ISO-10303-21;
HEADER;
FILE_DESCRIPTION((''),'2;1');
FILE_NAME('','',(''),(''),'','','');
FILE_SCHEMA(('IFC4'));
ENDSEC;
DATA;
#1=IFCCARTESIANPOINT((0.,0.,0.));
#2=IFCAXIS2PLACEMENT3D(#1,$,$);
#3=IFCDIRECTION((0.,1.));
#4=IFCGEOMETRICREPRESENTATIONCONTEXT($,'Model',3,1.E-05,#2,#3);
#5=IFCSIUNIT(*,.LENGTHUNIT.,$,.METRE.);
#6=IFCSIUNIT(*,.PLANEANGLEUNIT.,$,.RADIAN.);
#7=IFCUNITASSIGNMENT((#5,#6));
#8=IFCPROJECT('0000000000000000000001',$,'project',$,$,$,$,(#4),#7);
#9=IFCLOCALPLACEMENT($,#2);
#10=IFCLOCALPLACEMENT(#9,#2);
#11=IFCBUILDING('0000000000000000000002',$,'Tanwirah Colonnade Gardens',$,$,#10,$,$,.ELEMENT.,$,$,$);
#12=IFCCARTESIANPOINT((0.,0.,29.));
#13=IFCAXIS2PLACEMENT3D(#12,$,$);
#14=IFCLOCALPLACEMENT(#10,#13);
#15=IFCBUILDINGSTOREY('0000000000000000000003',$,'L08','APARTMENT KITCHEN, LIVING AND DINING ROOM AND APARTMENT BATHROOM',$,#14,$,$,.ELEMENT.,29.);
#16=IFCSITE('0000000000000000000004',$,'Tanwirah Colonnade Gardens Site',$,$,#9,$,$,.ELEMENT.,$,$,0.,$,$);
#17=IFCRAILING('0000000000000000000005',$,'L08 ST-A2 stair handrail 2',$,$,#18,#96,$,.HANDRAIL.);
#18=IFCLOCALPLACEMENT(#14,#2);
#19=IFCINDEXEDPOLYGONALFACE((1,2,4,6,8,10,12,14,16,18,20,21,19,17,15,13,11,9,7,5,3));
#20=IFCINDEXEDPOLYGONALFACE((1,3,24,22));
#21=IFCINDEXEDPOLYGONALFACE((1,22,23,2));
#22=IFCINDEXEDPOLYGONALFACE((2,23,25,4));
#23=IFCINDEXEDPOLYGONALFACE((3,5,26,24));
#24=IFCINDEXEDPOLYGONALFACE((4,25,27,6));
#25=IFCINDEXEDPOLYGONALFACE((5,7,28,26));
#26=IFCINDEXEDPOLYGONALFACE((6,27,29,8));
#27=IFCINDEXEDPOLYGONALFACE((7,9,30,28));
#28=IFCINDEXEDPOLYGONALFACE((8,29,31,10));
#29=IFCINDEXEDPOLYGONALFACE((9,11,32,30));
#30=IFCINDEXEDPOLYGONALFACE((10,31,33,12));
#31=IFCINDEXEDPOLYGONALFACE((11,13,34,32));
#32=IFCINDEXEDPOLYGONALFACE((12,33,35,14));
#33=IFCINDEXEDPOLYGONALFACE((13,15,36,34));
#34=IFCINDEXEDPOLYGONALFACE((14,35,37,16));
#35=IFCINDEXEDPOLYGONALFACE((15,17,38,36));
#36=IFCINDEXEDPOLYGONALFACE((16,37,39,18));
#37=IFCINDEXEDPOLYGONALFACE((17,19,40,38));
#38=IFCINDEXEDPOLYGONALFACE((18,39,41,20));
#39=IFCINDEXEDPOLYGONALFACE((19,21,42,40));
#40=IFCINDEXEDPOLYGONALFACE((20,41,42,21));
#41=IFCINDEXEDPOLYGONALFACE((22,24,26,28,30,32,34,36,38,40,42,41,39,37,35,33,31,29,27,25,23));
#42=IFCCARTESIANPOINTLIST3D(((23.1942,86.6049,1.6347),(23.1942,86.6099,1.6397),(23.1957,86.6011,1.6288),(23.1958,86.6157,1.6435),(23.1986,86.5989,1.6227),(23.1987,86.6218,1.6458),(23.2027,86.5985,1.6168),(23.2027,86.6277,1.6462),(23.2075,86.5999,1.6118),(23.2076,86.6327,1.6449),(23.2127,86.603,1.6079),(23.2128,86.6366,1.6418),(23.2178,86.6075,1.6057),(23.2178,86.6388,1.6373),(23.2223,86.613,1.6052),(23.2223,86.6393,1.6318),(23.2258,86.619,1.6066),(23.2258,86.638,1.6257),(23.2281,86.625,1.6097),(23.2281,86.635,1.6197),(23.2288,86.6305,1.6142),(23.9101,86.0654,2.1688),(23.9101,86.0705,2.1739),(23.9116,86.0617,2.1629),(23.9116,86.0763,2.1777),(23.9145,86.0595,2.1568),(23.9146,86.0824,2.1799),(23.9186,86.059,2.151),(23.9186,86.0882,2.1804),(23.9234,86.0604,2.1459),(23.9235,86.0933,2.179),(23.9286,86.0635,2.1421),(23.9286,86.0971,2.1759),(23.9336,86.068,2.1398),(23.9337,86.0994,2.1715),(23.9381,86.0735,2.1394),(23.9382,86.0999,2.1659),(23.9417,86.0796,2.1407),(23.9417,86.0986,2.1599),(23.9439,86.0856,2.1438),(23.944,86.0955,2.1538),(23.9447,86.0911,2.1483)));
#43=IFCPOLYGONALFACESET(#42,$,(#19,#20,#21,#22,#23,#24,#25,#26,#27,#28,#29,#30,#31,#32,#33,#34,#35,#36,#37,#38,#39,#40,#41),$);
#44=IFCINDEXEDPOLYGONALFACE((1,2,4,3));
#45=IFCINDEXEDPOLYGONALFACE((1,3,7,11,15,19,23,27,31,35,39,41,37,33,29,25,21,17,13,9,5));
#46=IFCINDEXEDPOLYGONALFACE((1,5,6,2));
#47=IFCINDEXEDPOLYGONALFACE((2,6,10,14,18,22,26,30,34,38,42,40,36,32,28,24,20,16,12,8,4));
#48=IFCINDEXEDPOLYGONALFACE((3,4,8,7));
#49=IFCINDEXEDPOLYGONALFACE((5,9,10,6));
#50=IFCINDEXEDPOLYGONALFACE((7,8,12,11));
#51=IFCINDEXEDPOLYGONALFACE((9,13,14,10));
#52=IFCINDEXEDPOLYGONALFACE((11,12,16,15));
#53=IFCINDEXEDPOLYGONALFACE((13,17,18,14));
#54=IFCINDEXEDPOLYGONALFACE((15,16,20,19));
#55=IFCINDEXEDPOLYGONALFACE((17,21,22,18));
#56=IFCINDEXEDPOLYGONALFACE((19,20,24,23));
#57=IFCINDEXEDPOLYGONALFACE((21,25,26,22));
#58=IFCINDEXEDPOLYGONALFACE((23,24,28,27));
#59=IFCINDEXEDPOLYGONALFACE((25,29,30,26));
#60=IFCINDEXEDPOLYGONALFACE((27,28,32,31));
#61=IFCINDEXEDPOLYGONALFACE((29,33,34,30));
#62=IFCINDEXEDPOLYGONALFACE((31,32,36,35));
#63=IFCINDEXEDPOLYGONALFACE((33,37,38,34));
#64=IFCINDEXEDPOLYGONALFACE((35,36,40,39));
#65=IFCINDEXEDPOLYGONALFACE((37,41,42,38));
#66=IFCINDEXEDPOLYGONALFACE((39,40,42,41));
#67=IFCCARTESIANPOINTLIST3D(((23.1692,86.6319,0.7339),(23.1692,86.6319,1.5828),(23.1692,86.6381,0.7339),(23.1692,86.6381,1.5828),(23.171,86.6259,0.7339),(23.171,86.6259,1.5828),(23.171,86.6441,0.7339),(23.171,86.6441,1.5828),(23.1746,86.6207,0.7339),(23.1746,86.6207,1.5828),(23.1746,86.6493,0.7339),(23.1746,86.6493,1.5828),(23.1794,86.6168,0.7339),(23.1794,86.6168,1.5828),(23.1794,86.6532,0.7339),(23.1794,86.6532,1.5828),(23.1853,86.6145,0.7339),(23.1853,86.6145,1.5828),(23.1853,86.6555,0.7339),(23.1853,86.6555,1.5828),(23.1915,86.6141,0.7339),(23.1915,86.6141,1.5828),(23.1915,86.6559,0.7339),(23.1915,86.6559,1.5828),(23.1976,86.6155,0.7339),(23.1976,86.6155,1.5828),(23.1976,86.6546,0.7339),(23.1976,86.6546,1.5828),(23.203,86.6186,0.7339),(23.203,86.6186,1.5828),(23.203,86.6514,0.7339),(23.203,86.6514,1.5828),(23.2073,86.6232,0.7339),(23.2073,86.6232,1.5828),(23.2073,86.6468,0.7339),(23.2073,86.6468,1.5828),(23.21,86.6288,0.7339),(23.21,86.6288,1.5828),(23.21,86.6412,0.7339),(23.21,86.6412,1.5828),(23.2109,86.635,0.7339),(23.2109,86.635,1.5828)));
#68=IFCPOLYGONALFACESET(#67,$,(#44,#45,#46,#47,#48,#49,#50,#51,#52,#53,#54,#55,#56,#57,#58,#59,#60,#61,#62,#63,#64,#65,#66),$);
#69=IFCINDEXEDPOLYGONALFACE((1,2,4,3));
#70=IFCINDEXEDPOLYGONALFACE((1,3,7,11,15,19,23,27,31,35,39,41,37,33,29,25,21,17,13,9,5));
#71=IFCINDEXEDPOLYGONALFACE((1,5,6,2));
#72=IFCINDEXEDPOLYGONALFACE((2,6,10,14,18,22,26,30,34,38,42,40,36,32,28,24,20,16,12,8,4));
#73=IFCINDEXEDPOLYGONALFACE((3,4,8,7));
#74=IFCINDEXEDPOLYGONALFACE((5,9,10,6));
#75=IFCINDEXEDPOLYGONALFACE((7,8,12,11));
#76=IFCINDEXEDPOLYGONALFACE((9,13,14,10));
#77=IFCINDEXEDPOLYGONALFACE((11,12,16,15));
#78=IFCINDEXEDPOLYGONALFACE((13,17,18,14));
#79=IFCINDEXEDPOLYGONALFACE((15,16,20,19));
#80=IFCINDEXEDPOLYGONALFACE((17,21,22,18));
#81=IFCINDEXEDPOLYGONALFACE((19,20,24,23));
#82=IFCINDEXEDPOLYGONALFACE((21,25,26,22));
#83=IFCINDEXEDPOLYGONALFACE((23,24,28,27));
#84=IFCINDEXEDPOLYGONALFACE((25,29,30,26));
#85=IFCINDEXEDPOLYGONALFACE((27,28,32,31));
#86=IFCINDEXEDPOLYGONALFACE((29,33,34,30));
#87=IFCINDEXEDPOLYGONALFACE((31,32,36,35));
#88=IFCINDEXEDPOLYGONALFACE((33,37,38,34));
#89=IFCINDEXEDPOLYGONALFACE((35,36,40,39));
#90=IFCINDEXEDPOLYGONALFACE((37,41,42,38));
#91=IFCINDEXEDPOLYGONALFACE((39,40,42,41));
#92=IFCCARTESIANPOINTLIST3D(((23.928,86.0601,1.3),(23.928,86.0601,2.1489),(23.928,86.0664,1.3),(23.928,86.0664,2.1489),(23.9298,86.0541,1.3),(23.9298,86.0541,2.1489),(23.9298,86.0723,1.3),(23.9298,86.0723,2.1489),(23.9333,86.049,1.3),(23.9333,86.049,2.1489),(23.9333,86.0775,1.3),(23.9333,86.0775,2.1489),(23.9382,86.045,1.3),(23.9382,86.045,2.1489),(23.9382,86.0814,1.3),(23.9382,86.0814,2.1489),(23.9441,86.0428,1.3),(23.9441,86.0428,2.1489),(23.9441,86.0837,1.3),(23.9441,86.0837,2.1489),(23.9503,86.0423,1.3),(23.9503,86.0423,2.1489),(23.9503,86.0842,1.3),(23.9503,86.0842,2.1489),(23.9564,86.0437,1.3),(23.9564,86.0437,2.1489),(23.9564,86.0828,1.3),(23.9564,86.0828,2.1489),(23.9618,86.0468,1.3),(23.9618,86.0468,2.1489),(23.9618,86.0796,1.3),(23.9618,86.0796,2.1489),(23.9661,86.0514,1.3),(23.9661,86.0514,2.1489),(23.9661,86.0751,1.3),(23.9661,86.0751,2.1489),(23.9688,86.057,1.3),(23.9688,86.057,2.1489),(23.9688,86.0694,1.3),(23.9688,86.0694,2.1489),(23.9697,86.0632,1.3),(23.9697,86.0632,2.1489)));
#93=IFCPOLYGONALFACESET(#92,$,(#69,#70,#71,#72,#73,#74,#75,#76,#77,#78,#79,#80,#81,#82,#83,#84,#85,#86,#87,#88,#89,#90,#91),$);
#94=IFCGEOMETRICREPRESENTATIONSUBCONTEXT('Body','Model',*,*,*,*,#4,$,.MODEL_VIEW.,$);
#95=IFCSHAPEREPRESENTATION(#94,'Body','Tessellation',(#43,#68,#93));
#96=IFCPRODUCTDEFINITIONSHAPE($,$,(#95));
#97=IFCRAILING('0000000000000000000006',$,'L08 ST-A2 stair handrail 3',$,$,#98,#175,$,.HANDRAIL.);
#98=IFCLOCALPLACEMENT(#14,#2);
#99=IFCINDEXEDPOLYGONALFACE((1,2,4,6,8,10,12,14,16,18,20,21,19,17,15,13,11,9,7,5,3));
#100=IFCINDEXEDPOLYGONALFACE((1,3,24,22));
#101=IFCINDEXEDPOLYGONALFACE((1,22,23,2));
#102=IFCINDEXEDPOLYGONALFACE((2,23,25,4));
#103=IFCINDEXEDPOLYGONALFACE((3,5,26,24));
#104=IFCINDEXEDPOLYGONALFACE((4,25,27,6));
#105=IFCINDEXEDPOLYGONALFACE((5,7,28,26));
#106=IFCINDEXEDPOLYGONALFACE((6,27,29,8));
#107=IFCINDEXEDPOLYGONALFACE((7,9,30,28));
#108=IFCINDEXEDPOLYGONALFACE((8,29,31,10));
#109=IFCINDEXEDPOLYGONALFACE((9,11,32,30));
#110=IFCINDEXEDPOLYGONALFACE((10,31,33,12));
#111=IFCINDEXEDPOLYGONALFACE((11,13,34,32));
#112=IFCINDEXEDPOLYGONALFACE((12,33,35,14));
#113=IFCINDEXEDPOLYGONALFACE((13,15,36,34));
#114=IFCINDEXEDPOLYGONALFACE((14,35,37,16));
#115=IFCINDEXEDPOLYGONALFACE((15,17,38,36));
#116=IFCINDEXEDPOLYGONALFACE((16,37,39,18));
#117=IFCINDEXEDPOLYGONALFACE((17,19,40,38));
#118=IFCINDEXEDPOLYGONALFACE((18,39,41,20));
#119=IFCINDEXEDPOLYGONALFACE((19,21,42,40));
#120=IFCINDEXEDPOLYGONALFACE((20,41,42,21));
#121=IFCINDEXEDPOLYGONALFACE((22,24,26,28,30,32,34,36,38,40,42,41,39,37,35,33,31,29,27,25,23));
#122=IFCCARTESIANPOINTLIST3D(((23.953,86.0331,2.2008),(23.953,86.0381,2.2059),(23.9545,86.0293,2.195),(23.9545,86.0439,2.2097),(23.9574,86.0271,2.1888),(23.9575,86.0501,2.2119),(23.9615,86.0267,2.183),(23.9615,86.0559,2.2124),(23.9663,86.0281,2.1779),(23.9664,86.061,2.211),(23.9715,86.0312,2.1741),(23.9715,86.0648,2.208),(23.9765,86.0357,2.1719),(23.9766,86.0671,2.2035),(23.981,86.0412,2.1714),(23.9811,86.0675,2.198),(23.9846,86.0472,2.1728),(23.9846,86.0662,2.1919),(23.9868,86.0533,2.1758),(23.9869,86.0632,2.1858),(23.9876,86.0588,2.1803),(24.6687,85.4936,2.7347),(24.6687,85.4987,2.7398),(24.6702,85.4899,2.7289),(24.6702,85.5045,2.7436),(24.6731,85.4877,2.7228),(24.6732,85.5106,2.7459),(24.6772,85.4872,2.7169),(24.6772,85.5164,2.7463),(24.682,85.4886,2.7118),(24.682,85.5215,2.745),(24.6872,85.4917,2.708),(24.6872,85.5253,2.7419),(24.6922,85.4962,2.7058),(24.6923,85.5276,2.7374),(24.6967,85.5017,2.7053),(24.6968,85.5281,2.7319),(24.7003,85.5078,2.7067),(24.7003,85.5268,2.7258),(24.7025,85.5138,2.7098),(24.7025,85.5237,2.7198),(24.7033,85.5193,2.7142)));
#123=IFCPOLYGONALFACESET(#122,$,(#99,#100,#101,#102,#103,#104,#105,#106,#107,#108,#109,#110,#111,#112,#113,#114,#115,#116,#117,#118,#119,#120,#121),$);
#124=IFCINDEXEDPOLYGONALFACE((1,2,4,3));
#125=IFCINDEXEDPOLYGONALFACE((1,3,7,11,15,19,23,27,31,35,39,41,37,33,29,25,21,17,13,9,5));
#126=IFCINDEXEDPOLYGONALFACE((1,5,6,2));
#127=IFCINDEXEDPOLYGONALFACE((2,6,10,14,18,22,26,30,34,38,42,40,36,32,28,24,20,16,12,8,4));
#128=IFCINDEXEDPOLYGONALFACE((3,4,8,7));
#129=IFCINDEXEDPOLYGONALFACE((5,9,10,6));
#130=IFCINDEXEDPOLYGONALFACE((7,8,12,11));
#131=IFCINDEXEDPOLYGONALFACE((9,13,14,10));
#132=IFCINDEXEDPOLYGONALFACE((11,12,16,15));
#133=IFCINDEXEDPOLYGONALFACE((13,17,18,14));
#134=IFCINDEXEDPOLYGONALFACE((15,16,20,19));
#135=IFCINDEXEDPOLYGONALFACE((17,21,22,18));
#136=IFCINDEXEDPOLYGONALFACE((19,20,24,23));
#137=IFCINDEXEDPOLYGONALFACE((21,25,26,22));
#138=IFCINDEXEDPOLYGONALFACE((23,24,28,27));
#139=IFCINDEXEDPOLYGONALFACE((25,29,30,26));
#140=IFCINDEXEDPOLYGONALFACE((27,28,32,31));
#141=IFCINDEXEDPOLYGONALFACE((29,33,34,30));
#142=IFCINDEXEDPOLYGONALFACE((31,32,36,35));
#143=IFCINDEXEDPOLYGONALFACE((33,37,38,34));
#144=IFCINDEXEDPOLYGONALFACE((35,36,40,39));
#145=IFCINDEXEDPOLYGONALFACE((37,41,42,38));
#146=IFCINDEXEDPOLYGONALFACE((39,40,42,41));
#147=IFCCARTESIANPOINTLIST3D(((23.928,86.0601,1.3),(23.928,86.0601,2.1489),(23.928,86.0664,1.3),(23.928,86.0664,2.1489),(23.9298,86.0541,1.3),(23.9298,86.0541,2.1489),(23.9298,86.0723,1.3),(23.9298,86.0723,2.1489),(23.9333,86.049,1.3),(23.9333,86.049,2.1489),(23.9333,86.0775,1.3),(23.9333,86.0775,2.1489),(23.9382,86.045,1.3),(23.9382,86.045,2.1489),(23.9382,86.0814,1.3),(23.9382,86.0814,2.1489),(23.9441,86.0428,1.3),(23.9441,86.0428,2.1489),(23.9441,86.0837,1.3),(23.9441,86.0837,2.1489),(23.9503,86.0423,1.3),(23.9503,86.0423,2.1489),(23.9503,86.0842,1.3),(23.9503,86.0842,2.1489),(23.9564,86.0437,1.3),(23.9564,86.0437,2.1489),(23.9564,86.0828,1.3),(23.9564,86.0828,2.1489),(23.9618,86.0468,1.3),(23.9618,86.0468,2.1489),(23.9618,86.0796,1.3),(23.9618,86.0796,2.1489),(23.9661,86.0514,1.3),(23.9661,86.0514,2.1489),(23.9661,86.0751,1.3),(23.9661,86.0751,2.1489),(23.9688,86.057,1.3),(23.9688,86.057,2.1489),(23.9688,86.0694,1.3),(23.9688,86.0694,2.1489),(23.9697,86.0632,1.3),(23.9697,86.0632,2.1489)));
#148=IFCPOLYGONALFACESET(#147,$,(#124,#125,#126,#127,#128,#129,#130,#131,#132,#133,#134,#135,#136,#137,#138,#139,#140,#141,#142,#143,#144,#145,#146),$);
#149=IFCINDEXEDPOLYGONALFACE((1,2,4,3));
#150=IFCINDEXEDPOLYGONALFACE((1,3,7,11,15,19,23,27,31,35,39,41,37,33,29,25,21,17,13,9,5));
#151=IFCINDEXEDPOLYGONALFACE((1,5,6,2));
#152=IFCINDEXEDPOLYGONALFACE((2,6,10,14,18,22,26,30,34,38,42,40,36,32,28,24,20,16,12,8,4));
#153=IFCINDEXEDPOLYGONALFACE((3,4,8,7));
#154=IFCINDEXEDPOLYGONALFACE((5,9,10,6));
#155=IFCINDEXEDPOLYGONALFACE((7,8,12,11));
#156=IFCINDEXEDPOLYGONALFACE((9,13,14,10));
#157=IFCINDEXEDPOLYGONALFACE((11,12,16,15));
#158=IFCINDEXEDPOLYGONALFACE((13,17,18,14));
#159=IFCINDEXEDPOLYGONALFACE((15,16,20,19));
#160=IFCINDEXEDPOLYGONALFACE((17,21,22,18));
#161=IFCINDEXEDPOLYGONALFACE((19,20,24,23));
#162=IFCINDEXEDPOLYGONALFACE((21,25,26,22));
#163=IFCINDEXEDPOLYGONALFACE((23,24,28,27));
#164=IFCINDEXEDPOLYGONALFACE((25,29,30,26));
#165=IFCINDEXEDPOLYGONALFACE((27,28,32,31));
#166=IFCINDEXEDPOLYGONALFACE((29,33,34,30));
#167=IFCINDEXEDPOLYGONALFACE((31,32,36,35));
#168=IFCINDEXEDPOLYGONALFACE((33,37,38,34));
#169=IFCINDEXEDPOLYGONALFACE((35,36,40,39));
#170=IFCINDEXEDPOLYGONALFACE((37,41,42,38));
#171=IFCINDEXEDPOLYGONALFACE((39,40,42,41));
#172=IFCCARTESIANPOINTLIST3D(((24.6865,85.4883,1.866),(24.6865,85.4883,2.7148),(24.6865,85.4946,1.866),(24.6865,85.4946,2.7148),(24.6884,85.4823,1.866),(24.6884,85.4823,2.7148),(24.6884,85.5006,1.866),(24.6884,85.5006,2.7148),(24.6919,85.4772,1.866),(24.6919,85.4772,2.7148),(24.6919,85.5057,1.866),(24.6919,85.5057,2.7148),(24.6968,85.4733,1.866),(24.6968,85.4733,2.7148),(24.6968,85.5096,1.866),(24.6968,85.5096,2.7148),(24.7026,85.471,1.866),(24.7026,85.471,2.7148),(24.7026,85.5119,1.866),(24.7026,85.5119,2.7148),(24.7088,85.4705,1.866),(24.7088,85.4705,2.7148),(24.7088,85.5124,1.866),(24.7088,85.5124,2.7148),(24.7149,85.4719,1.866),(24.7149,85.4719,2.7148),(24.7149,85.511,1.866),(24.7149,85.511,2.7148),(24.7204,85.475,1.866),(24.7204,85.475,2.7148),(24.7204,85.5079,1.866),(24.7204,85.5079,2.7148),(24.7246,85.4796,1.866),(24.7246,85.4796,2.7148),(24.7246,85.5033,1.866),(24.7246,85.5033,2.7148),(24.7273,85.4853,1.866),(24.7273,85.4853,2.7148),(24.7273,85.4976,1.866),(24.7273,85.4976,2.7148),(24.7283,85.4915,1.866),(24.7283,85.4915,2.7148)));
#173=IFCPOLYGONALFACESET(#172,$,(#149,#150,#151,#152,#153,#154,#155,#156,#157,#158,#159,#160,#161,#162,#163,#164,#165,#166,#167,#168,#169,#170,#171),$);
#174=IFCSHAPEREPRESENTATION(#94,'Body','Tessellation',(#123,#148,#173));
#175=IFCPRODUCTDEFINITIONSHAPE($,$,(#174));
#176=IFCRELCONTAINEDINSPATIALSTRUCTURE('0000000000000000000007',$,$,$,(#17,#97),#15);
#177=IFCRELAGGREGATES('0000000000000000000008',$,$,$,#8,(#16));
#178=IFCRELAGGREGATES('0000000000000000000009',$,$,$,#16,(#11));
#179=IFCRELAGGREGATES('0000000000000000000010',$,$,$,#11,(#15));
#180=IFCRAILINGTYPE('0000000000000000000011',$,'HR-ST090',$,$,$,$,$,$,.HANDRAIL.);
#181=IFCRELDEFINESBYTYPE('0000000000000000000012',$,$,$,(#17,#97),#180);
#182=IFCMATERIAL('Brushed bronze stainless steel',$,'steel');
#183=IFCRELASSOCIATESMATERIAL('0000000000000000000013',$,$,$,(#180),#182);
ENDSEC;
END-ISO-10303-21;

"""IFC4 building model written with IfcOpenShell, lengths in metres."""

from ifc_helpers import new_model, si_unit, direction, frame, origin, origin_2d, place, context, subcontext, project, spatial, circle, extrude, material, type_object, element, save


model = new_model("IFC4")

# Units and contexts
model_context = context("Model", 3, precision=1e-05, world=origin(), true_north=direction((0.0, 1.0)))
body_context = subcontext(model_context, "Body", "Model", "MODEL_VIEW")
ifc_project = project(units=[si_unit("LENGTHUNIT", "METRE"), si_unit("PLANEANGLEUNIT", "RADIAN")], contexts=[model_context])

# Site, building, storey
site_placement = place(None, origin())
site = spatial("IfcSite", under=ifc_project, at=site_placement, Name="Tanwirah Colonnade Gardens Site", CompositionType="ELEMENT", RefElevation=0.0)
building_placement = place(site_placement, origin())
building = spatial("IfcBuilding", under=site, at=building_placement, Name="Tanwirah Colonnade Gardens", CompositionType="ELEMENT")
storey_placement = place(building_placement, frame((0.0, 0.0, 29.0)))
storey = spatial("IfcBuildingStorey", under=building, at=storey_placement, Name="L08", Description="APARTMENT KITCHEN, LIVING AND DINING ROOM AND APARTMENT BATHROOM", CompositionType="ELEMENT", Elevation=29.0)

# Railings
ifc_material_1 = material(Name="Brushed bronze stainless steel", Category="steel")
railing_type = type_object("IfcRailingType", Name="HR-ST090", PredefinedType="HANDRAIL", material=ifc_material_1)
railing_1_placement = place(storey_placement, frame((23.1899, 86.635, 0.7339)))
element("IfcRailing", 1, at=railing_1_placement, inside=storey, type_object=railing_type, Name="L08 ST-A2 stair handrail 2", PredefinedType="HANDRAIL", context=body_context, shape_type="SweptSolid", body=[
    extrude(circle(Radius=0.0239, at=origin_2d()), frame((0.0215, -0.0161, 0.8918), z_axis=(0.686068, -0.516979, 0.511902), x_axis=(0.601807, 0.798641, 0.0)), (0.0, 0.0, 1.0), 1.0435),
    extrude(circle(Radius=0.021, at=origin_2d()), origin(), (0.0, 0.0, 1.0), 0.8489),
    extrude(circle(Radius=0.021, at=origin_2d()), frame((0.7588, -0.5718, 0.5662)), (0.0, 0.0, 1.0), 0.8489),
])
railing_2_placement = place(storey_placement, frame((23.9487, 86.0632, 1.3)))
element("IfcRailing", 2, at=railing_2_placement, inside=storey, type_object=railing_type, Name="L08 ST-A2 stair handrail 3", PredefinedType="HANDRAIL", context=body_context, shape_type="SweptSolid", body=[
    extrude(circle(Radius=0.0239, at=origin_2d()), frame((0.0215, -0.0161, 0.8918), z_axis=(0.686028, -0.517116, 0.511817), x_axis=(0.601931, 0.798548, 0.0)), (0.0, 0.0, 1.0), 1.0432),
    extrude(circle(Radius=0.021, at=origin_2d()), origin(), (0.0, 0.0, 1.0), 0.8489),
    extrude(circle(Radius=0.021, at=origin_2d()), frame((0.7585, -0.5718, 0.5659)), (0.0, 0.0, 1.0), 0.8489),
])

save(model, "model.ifc")
